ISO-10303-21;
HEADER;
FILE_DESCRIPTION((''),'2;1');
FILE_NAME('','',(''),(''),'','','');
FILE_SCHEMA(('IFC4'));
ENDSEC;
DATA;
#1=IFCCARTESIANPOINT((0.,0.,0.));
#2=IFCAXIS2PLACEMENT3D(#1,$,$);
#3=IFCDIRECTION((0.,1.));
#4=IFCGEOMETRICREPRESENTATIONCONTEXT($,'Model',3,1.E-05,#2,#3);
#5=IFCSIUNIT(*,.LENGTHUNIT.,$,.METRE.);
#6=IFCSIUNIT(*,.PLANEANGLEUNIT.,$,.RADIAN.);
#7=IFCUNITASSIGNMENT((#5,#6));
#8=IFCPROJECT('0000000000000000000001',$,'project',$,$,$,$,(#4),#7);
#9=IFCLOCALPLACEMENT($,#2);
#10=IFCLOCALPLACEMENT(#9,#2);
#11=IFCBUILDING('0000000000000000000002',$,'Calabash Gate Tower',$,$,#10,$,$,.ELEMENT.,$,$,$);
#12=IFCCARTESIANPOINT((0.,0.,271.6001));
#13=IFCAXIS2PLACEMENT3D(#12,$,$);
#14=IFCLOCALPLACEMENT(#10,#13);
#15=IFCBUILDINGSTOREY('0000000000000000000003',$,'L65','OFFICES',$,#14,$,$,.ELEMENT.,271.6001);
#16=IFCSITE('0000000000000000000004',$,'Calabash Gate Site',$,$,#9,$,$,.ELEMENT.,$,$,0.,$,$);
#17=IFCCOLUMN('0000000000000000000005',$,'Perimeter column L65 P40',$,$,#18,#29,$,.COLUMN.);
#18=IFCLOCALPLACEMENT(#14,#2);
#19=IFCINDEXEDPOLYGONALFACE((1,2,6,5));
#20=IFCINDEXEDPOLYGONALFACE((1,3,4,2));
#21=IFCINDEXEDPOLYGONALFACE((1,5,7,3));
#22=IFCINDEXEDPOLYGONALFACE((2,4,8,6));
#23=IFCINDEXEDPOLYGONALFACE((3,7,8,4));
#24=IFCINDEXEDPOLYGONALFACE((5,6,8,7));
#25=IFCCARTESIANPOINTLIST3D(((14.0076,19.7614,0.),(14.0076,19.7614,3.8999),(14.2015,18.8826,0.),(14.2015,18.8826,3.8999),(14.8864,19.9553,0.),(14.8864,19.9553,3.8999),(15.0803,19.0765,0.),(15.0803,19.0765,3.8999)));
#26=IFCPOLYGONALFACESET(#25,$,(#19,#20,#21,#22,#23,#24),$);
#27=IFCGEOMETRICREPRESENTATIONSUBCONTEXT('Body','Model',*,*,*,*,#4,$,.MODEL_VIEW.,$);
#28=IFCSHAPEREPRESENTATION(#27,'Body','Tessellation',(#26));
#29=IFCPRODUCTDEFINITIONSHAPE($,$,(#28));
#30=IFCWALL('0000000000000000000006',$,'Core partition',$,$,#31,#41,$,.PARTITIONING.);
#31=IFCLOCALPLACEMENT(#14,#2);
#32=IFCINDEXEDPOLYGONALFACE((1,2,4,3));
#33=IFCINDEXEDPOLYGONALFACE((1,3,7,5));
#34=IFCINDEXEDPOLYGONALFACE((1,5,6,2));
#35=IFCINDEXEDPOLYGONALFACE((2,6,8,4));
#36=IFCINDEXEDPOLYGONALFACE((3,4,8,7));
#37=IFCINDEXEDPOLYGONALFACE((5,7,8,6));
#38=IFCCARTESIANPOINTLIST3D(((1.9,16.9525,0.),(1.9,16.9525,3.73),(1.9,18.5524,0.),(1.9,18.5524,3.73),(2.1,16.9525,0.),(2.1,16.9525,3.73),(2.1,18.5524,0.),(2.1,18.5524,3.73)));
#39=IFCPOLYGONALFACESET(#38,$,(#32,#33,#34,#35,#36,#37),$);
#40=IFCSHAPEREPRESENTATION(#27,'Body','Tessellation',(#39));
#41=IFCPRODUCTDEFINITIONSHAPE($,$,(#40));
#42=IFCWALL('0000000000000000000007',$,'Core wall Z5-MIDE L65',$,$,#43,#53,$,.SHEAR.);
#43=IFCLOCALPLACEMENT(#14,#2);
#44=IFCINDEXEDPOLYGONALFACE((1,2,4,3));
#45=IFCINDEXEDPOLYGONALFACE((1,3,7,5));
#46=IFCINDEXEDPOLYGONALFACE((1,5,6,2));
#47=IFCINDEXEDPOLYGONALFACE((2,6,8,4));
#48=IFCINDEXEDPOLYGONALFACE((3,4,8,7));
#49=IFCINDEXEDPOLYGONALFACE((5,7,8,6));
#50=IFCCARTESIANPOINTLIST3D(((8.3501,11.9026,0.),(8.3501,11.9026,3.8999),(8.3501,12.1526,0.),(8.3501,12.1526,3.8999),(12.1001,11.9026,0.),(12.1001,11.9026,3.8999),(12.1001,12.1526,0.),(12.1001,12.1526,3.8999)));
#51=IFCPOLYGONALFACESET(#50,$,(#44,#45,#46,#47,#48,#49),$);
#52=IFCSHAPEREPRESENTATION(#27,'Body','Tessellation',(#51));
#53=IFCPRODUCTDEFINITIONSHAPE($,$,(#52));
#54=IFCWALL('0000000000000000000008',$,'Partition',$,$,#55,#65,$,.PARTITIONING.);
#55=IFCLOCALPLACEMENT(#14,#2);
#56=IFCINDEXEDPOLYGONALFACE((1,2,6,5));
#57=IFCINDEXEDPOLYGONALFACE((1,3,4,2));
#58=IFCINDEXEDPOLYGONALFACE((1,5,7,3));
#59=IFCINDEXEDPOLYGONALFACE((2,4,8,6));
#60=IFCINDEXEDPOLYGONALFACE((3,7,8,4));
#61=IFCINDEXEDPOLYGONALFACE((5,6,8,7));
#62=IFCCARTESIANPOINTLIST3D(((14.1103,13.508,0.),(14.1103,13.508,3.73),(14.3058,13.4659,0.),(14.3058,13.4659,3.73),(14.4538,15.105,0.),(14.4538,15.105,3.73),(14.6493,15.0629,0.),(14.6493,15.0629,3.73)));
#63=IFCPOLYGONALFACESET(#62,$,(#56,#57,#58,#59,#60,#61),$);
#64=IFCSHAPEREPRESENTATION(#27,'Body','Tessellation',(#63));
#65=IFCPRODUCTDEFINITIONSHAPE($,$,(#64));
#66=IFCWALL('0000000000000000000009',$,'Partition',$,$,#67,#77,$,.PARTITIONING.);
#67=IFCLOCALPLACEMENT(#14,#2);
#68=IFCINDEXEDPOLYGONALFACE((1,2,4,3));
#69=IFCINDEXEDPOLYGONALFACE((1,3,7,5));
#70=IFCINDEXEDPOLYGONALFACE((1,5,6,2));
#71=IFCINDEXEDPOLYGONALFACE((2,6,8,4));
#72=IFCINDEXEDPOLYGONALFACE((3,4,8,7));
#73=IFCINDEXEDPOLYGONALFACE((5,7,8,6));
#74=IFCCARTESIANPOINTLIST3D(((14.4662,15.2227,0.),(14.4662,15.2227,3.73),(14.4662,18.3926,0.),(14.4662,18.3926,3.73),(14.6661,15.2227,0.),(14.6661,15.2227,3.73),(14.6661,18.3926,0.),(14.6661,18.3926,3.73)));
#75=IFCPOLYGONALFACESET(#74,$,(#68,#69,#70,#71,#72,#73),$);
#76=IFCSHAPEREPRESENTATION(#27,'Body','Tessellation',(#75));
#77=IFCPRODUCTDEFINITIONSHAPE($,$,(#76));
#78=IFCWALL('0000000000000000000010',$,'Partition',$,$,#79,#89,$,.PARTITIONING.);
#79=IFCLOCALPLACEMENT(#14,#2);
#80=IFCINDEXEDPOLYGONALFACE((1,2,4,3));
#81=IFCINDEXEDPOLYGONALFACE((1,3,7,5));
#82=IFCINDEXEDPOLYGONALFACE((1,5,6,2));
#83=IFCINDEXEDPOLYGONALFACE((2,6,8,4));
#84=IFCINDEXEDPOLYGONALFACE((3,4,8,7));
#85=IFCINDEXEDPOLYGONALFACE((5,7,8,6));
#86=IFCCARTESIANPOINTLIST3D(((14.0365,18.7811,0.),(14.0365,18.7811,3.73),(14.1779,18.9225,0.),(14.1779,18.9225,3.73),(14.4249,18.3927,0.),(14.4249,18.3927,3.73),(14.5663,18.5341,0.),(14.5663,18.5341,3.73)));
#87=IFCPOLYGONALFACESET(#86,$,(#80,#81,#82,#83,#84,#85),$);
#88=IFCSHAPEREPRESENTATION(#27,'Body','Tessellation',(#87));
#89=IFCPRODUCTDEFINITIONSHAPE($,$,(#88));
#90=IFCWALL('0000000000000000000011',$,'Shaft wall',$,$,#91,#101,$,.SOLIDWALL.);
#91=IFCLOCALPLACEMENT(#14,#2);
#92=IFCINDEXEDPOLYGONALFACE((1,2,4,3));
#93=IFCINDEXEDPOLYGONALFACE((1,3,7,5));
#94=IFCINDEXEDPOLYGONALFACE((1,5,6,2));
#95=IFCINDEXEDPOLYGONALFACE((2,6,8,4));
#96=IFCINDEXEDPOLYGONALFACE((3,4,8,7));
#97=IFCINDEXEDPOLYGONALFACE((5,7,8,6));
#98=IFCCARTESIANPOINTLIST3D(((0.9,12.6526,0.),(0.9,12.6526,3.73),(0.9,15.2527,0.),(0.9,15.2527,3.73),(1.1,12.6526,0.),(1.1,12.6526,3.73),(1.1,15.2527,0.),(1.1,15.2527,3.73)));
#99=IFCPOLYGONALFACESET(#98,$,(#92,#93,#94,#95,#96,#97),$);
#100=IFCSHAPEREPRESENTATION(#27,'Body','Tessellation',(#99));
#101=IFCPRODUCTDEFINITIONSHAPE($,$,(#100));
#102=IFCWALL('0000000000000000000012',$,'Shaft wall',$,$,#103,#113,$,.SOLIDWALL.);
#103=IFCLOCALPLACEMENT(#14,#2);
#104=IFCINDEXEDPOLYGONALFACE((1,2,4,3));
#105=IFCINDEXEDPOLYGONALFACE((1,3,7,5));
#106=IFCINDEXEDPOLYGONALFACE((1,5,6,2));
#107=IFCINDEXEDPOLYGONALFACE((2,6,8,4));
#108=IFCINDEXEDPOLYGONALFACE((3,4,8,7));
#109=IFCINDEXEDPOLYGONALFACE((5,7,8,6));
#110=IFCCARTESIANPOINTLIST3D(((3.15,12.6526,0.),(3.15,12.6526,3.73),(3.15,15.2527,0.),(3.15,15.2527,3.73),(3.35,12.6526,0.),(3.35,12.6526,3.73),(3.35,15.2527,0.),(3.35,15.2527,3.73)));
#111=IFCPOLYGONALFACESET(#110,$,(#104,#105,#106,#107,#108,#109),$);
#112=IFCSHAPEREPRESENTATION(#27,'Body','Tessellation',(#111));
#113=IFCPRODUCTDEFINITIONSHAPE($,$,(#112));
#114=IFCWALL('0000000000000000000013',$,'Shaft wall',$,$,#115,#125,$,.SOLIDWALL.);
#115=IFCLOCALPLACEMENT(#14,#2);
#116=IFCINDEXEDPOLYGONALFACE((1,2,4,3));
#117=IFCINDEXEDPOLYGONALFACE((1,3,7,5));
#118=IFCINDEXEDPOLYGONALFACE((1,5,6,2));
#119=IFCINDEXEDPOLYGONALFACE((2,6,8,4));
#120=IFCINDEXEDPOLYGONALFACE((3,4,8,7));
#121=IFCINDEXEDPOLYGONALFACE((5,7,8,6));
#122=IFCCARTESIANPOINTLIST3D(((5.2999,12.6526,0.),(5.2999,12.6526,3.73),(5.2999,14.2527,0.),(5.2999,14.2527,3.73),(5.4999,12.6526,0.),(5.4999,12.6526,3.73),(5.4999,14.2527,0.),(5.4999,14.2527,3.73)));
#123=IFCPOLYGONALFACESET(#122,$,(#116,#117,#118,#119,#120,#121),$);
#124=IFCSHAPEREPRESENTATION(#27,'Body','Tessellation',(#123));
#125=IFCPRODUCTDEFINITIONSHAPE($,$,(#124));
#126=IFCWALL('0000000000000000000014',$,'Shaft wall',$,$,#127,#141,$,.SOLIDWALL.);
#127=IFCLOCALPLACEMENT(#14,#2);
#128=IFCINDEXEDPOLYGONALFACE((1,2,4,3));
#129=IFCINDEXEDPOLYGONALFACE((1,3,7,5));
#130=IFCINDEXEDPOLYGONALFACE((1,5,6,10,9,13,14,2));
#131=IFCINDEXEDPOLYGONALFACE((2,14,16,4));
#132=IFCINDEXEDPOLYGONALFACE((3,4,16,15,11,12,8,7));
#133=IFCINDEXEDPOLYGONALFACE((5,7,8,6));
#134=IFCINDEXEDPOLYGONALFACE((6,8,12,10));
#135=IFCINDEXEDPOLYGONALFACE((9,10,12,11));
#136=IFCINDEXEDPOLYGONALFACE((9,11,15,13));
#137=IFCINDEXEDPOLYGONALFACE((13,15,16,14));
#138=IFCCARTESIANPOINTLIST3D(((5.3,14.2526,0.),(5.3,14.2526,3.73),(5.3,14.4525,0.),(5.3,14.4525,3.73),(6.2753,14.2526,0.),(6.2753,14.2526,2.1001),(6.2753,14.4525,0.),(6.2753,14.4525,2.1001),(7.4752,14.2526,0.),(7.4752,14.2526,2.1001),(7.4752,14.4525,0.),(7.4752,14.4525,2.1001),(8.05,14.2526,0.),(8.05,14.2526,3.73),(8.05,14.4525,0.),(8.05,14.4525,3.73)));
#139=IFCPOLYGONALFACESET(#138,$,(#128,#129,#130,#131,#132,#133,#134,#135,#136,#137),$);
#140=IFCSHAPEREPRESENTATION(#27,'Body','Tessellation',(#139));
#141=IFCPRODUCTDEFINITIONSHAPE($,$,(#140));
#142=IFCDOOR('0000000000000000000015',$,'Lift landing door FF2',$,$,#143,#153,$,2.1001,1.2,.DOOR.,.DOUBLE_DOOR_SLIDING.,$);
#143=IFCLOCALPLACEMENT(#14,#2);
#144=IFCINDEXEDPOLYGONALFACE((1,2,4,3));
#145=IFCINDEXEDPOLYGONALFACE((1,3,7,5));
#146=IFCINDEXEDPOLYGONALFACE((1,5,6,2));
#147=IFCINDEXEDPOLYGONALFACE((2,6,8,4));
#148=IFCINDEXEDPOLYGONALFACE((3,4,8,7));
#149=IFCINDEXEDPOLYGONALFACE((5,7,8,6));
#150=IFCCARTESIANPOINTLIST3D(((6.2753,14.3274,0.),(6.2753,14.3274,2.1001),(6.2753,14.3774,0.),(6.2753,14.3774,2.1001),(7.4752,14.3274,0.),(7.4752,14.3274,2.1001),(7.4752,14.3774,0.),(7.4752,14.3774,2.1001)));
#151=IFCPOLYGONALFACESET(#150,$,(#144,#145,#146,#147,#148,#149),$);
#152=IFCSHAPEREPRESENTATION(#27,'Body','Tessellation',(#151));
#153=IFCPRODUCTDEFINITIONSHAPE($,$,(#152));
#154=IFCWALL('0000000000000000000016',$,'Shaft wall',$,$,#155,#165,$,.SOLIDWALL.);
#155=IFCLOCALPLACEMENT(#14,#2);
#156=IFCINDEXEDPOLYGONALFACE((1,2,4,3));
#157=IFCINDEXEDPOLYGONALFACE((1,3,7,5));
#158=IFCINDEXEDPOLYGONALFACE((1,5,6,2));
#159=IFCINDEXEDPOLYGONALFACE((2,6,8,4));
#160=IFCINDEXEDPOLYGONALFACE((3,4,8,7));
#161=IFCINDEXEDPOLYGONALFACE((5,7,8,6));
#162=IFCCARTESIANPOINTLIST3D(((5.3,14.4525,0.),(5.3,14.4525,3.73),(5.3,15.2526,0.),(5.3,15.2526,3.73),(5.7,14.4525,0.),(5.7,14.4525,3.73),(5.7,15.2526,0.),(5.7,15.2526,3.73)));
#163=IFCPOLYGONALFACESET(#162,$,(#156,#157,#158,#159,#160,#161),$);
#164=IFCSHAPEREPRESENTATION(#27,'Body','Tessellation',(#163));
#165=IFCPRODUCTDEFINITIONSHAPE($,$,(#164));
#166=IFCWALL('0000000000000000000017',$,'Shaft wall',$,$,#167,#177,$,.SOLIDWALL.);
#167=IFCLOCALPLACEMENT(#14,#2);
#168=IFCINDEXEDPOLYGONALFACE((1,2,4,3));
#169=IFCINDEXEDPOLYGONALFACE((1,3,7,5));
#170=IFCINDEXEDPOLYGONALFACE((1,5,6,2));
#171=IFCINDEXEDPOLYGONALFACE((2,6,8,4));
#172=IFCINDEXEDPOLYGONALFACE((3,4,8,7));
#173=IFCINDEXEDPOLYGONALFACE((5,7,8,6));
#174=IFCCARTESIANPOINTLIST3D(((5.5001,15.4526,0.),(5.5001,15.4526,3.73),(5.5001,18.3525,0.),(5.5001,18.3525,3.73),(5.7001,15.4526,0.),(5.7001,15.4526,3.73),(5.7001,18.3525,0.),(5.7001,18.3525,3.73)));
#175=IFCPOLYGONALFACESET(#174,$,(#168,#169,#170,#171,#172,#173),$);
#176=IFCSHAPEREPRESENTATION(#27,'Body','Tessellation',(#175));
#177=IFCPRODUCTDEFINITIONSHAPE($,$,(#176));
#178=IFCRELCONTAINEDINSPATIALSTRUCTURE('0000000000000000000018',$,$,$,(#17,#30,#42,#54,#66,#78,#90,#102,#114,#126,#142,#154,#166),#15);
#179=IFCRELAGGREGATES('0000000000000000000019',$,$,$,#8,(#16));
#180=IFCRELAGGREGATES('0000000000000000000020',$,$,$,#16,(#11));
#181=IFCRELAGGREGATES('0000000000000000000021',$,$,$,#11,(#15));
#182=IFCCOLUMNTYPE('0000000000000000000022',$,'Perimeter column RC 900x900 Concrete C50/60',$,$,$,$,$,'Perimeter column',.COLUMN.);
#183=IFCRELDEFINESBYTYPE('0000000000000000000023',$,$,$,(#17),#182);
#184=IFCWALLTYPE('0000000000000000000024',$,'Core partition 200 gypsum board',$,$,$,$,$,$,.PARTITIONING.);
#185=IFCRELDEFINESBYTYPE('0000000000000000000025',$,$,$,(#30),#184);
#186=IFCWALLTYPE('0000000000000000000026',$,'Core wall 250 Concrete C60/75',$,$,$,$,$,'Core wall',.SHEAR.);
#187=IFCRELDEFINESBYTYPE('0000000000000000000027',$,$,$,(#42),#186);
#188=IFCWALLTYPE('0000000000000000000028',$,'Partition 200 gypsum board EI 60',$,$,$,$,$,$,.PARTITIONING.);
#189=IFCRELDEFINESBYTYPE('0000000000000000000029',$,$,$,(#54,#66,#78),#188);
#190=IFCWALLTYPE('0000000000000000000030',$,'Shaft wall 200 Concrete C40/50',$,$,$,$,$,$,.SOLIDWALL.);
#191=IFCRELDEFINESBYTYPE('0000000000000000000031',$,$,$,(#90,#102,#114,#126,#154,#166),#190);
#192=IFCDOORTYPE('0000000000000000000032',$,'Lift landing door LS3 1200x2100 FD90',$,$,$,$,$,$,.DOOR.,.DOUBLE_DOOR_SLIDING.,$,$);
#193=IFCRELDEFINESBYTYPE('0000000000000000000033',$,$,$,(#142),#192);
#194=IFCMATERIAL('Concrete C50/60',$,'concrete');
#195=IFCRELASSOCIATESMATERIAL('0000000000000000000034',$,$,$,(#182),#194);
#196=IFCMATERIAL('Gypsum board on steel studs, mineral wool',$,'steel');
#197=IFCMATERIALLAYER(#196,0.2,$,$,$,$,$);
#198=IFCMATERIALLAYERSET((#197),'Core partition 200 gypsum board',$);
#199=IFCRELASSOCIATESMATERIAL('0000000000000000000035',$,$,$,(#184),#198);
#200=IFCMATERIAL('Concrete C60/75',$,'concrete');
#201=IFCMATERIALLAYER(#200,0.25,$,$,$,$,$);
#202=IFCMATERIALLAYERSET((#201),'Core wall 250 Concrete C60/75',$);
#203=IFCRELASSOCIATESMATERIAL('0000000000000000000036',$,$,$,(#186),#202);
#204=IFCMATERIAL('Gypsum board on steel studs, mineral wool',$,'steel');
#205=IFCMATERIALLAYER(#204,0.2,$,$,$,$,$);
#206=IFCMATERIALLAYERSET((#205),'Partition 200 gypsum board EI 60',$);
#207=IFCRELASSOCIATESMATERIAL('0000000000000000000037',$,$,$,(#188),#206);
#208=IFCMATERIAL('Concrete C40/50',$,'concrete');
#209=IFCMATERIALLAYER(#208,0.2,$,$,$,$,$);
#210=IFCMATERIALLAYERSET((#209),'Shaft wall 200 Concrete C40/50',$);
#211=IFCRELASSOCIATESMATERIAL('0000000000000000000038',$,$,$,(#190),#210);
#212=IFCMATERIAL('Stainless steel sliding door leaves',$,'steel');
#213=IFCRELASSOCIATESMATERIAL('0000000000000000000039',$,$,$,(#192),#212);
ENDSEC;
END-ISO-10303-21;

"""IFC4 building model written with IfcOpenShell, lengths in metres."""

from ifc_helpers import new_model, si_unit, direction, frame, frame_2d, origin, origin_2d, place, context, subcontext, project, spatial, rectangle, extrude, material, layer, layer_set, material_profile, profile_set, type_object, element, fill, save


model = new_model("IFC4")

# Units and contexts
model_context = context("Model", 3, precision=1e-05, world=origin(), true_north=direction((0.0, 1.0)))
body_context = subcontext(model_context, "Body", "Model", "MODEL_VIEW")
ifc_project = project(units=[si_unit("LENGTHUNIT", "METRE"), si_unit("PLANEANGLEUNIT", "RADIAN")], contexts=[model_context])

# Site, building, storey
site_placement = place(None, origin())
site = spatial("IfcSite", under=ifc_project, at=site_placement, Name="Calabash Gate Site", CompositionType="ELEMENT", RefElevation=0.0)
building_placement = place(site_placement, origin())
building = spatial("IfcBuilding", under=site, at=building_placement, Name="Calabash Gate Tower", CompositionType="ELEMENT")
storey_placement = place(building_placement, frame((0.0, 0.0, 271.6001)))
storey = spatial("IfcBuildingStorey", under=building, at=storey_placement, Name="L65", Description="OFFICES", CompositionType="ELEMENT", Elevation=271.6001)

# Column
ifc_material_1 = material(Name="Concrete C50/60", Category="concrete")
ifc_material_profile = material_profile(ifc_material_1, rectangle(XDim=0.8999, YDim=0.8999, at=origin_2d()))
ifc_profile_set = profile_set([ifc_material_profile], Name="Concrete C50/60")
column_type = type_object("IfcColumnType", Name="Perimeter column RC 900x900 Concrete C50/60", ElementType="Perimeter column", PredefinedType="COLUMN", material=ifc_profile_set)
column_placement = place(storey_placement, frame((14.5439, 19.4189, 0.0), z_axis=(0.0, 0.0, 1.0), x_axis=(-0.976511, -0.215468, 0.0)))
element("IfcColumn", 1, at=column_placement, inside=storey, type_object=column_type, Name="Perimeter column L65 P40", PredefinedType="COLUMN", context=body_context, shape_type="SweptSolid", body=[
    extrude(rectangle(XDim=0.8999, YDim=0.8999, at=origin_2d()), origin(), (0.0, 0.0, 1.0), 3.8999),
])

# Walls
ifc_material_2 = material(Name="Gypsum board on steel studs, mineral wool", Category="steel")
ifc_layer_1 = layer(ifc_material_2, 0.2)
ifc_layer_set_1 = layer_set([ifc_layer_1], Name="Core partition 200 gypsum board")
wall_type_1 = type_object("IfcWallType", Name="Core partition 200 gypsum board", PredefinedType="PARTITIONING", material=ifc_layer_set_1)
wall_1_placement = place(storey_placement, frame((2.0, 16.9526, 0.0), z_axis=(0.0, 0.0, 1.0), x_axis=(0.0, 1.0, 0.0)))
element("IfcWall", 2, at=wall_1_placement, inside=storey, type_object=wall_type_1, Name="Core partition", PredefinedType="PARTITIONING", context=body_context, shape_type="SweptSolid", body=[
    extrude(rectangle(XDim=1.5999, YDim=0.2, at=frame_2d((0.7998, 0.0))), origin(), (0.0, 0.0, 1.0), 3.73),
])
ifc_material_3 = material(Name="Concrete C60/75", Category="concrete")
ifc_layer_2 = layer(ifc_material_3, 0.25)
ifc_layer_set_2 = layer_set([ifc_layer_2], Name="Core wall 250 Concrete C60/75")
wall_type_2 = type_object("IfcWallType", Name="Core wall 250 Concrete C60/75", ElementType="Core wall", PredefinedType="SHEAR", material=ifc_layer_set_2)
wall_2_placement = place(storey_placement, frame((8.3501, 12.0276, 0.0), z_axis=(0.0, 0.0, 1.0), x_axis=(1.0, 0.0, 0.0)))
element("IfcWall", 3, at=wall_2_placement, inside=storey, type_object=wall_type_2, Name="Core wall Z5-MIDE L65", PredefinedType="SHEAR", context=body_context, shape_type="SweptSolid", body=[
    extrude(rectangle(XDim=3.75, YDim=0.25, at=frame_2d((1.875, 0.0))), origin(), (0.0, 0.0, 1.0), 3.8999),
])
ifc_material_4 = material(Name="Gypsum board on steel studs, mineral wool", Category="steel")
ifc_layer_3 = layer(ifc_material_4, 0.2)
ifc_layer_set_3 = layer_set([ifc_layer_3], Name="Partition 200 gypsum board EI 60")
wall_type_3 = type_object("IfcWallType", Name="Partition 200 gypsum board EI 60", PredefinedType="PARTITIONING", material=ifc_layer_set_3)
wall_3_placement = place(storey_placement, frame((14.208, 13.4868, 0.0), z_axis=(0.0, 0.0, 1.0), x_axis=(0.210295, 0.977638, 0.0)))
element("IfcWall", 4, at=wall_3_placement, inside=storey, type_object=wall_type_3, Name="Partition", PredefinedType="PARTITIONING", context=body_context, shape_type="SweptSolid", body=[
    extrude(rectangle(XDim=1.6335, YDim=0.2, at=frame_2d((0.8169, 0.0))), origin(), (0.0, 0.0, 1.0), 3.73),
])
wall_4_placement = place(storey_placement, frame((14.5662, 18.3926, 0.0), z_axis=(0.0, 0.0, 1.0), x_axis=(0.0, -1.0, 0.0)))
element("IfcWall", 5, at=wall_4_placement, inside=storey, type_object=wall_type_3, Name="Partition", PredefinedType="PARTITIONING", context=body_context, shape_type="SweptSolid", body=[
    extrude(rectangle(XDim=3.1699, YDim=0.2, at=frame_2d((1.585, 0.0))), origin(), (0.0, 0.0, 1.0), 3.73),
])
wall_5_placement = place(storey_placement, frame((14.1072, 18.8518, 0.0), z_axis=(0.0, 0.0, 1.0), x_axis=(0.707107, -0.707107, 0.0)))
element("IfcWall", 6, at=wall_5_placement, inside=storey, type_object=wall_type_3, Name="Partition", PredefinedType="PARTITIONING", context=body_context, shape_type="SweptSolid", body=[
    extrude(rectangle(XDim=0.5493, YDim=0.2, at=frame_2d((0.2747, 0.0))), origin(), (0.0, 0.0, 1.0), 3.73),
])
ifc_material_5 = material(Name="Concrete C40/50", Category="concrete")
ifc_layer_4 = layer(ifc_material_5, 0.2)
ifc_layer_set_4 = layer_set([ifc_layer_4], Name="Shaft wall 200 Concrete C40/50")
wall_type_4 = type_object("IfcWallType", Name="Shaft wall 200 Concrete C40/50", PredefinedType="SOLIDWALL", material=ifc_layer_set_4)
for number, where, z_axis, x_axis, name in (
    (7, (1.0, 12.6526, 0.0), (0.0, 0.0, 1.0), (0.0, 1.0, 0.0), "Shaft wall"),
    (8, (3.25, 12.6526, 0.0), (0.0, 0.0, 1.0), (0.0, 1.0, 0.0), "Shaft wall"),
):
    element("IfcWall", number, at=place(storey_placement, frame(where, z_axis=z_axis, x_axis=x_axis)), inside=storey, type_object=wall_type_4, Name=name, PredefinedType="SOLIDWALL", context=body_context, shape_type="SweptSolid", body=[
        extrude(rectangle(XDim=2.6001, YDim=0.2, at=frame_2d((1.3, 0.0))), origin(), (0.0, 0.0, 1.0), 3.73),
    ])
wall_6_placement = place(storey_placement, frame((5.3999, 12.6526, 0.0), z_axis=(0.0, 0.0, 1.0), x_axis=(0.0, 1.0, 0.0)))
element("IfcWall", 9, at=wall_6_placement, inside=storey, type_object=wall_type_4, Name="Shaft wall", PredefinedType="SOLIDWALL", context=body_context, shape_type="SweptSolid", body=[
    extrude(rectangle(XDim=1.6001, YDim=0.2, at=frame_2d((0.8, 0.0))), origin(), (0.0, 0.0, 1.0), 3.73),
])

# Wall, opening, door
wall_7_placement = place(storey_placement, frame((5.3, 14.3525, 0.0), z_axis=(0.0, 0.0, 1.0), x_axis=(1.0, 0.0, 0.0)))
wall_7 = element("IfcWall", 10, at=wall_7_placement, inside=storey, type_object=wall_type_4, Name="Shaft wall", PredefinedType="SOLIDWALL", context=body_context, shape_type="SweptSolid", body=[
    extrude(rectangle(XDim=2.75, YDim=0.2, at=frame_2d((1.375, 0.0))), origin(), (0.0, 0.0, 1.0), 3.73),
])
opening_placement = place(wall_7_placement, frame((0.9751, 0.0, 0.0)))
opening = element("IfcOpeningElement", 11, at=opening_placement, cuts=wall_7, PredefinedType="OPENING", context=body_context, shape_type="SweptSolid", body=[
    extrude(rectangle(XDim=1.2, YDim=2.1001, at=frame_2d((0.6001, 1.05))), frame((0.0, 0.1099, 0.0), z_axis=(0.0, -1.0, 0.0), x_axis=(1.0, 0.0, 0.0)), (0.0, 0.0, 1.0), 0.22),
])
ifc_material_6 = material(Name="Stainless steel sliding door leaves", Category="steel")
door_type = type_object("IfcDoorType", Name="Lift landing door LS3 1200x2100 FD90", OperationType="DOUBLE_DOOR_SLIDING", PredefinedType="DOOR", material=ifc_material_6)
door_placement = place(opening_placement, origin())
door = element("IfcDoor", 12, at=door_placement, inside=storey, type_object=door_type, Name="Lift landing door FF2", OperationType="DOUBLE_DOOR_SLIDING", OverallHeight=2.1001, OverallWidth=1.2, PredefinedType="DOOR", context=body_context, shape_type="SweptSolid", body=[
    extrude(rectangle(XDim=1.2, YDim=2.1001, at=frame_2d((0.6001, 1.05))), frame((0.0, 0.0249, 0.0), z_axis=(0.0, -1.0, 0.0), x_axis=(1.0, 0.0, 0.0)), (0.0, 0.0, 1.0), 0.05),
])
fill(opening, door)

# Walls
wall_8_placement = place(storey_placement, frame((5.5, 14.4526, 0.0), z_axis=(0.0, 0.0, 1.0), x_axis=(0.0, 1.0, 0.0)))
element("IfcWall", 13, at=wall_8_placement, inside=storey, type_object=wall_type_4, Name="Shaft wall", PredefinedType="SOLIDWALL", context=body_context, shape_type="SweptSolid", body=[
    extrude(rectangle(XDim=0.8, YDim=0.3999, at=frame_2d((0.3999, 0.0))), origin(), (0.0, 0.0, 1.0), 3.73),
])
wall_9_placement = place(storey_placement, frame((5.6001, 15.4526, 0.0), z_axis=(0.0, 0.0, 1.0), x_axis=(0.0, 1.0, 0.0)))
element("IfcWall", 14, at=wall_9_placement, inside=storey, type_object=wall_type_4, Name="Shaft wall", PredefinedType="SOLIDWALL", context=body_context, shape_type="SweptSolid", body=[
    extrude(rectangle(XDim=2.8999, YDim=0.2, at=frame_2d((1.45, 0.0))), origin(), (0.0, 0.0, 1.0), 3.73),
])

save(model, "model.ifc")
